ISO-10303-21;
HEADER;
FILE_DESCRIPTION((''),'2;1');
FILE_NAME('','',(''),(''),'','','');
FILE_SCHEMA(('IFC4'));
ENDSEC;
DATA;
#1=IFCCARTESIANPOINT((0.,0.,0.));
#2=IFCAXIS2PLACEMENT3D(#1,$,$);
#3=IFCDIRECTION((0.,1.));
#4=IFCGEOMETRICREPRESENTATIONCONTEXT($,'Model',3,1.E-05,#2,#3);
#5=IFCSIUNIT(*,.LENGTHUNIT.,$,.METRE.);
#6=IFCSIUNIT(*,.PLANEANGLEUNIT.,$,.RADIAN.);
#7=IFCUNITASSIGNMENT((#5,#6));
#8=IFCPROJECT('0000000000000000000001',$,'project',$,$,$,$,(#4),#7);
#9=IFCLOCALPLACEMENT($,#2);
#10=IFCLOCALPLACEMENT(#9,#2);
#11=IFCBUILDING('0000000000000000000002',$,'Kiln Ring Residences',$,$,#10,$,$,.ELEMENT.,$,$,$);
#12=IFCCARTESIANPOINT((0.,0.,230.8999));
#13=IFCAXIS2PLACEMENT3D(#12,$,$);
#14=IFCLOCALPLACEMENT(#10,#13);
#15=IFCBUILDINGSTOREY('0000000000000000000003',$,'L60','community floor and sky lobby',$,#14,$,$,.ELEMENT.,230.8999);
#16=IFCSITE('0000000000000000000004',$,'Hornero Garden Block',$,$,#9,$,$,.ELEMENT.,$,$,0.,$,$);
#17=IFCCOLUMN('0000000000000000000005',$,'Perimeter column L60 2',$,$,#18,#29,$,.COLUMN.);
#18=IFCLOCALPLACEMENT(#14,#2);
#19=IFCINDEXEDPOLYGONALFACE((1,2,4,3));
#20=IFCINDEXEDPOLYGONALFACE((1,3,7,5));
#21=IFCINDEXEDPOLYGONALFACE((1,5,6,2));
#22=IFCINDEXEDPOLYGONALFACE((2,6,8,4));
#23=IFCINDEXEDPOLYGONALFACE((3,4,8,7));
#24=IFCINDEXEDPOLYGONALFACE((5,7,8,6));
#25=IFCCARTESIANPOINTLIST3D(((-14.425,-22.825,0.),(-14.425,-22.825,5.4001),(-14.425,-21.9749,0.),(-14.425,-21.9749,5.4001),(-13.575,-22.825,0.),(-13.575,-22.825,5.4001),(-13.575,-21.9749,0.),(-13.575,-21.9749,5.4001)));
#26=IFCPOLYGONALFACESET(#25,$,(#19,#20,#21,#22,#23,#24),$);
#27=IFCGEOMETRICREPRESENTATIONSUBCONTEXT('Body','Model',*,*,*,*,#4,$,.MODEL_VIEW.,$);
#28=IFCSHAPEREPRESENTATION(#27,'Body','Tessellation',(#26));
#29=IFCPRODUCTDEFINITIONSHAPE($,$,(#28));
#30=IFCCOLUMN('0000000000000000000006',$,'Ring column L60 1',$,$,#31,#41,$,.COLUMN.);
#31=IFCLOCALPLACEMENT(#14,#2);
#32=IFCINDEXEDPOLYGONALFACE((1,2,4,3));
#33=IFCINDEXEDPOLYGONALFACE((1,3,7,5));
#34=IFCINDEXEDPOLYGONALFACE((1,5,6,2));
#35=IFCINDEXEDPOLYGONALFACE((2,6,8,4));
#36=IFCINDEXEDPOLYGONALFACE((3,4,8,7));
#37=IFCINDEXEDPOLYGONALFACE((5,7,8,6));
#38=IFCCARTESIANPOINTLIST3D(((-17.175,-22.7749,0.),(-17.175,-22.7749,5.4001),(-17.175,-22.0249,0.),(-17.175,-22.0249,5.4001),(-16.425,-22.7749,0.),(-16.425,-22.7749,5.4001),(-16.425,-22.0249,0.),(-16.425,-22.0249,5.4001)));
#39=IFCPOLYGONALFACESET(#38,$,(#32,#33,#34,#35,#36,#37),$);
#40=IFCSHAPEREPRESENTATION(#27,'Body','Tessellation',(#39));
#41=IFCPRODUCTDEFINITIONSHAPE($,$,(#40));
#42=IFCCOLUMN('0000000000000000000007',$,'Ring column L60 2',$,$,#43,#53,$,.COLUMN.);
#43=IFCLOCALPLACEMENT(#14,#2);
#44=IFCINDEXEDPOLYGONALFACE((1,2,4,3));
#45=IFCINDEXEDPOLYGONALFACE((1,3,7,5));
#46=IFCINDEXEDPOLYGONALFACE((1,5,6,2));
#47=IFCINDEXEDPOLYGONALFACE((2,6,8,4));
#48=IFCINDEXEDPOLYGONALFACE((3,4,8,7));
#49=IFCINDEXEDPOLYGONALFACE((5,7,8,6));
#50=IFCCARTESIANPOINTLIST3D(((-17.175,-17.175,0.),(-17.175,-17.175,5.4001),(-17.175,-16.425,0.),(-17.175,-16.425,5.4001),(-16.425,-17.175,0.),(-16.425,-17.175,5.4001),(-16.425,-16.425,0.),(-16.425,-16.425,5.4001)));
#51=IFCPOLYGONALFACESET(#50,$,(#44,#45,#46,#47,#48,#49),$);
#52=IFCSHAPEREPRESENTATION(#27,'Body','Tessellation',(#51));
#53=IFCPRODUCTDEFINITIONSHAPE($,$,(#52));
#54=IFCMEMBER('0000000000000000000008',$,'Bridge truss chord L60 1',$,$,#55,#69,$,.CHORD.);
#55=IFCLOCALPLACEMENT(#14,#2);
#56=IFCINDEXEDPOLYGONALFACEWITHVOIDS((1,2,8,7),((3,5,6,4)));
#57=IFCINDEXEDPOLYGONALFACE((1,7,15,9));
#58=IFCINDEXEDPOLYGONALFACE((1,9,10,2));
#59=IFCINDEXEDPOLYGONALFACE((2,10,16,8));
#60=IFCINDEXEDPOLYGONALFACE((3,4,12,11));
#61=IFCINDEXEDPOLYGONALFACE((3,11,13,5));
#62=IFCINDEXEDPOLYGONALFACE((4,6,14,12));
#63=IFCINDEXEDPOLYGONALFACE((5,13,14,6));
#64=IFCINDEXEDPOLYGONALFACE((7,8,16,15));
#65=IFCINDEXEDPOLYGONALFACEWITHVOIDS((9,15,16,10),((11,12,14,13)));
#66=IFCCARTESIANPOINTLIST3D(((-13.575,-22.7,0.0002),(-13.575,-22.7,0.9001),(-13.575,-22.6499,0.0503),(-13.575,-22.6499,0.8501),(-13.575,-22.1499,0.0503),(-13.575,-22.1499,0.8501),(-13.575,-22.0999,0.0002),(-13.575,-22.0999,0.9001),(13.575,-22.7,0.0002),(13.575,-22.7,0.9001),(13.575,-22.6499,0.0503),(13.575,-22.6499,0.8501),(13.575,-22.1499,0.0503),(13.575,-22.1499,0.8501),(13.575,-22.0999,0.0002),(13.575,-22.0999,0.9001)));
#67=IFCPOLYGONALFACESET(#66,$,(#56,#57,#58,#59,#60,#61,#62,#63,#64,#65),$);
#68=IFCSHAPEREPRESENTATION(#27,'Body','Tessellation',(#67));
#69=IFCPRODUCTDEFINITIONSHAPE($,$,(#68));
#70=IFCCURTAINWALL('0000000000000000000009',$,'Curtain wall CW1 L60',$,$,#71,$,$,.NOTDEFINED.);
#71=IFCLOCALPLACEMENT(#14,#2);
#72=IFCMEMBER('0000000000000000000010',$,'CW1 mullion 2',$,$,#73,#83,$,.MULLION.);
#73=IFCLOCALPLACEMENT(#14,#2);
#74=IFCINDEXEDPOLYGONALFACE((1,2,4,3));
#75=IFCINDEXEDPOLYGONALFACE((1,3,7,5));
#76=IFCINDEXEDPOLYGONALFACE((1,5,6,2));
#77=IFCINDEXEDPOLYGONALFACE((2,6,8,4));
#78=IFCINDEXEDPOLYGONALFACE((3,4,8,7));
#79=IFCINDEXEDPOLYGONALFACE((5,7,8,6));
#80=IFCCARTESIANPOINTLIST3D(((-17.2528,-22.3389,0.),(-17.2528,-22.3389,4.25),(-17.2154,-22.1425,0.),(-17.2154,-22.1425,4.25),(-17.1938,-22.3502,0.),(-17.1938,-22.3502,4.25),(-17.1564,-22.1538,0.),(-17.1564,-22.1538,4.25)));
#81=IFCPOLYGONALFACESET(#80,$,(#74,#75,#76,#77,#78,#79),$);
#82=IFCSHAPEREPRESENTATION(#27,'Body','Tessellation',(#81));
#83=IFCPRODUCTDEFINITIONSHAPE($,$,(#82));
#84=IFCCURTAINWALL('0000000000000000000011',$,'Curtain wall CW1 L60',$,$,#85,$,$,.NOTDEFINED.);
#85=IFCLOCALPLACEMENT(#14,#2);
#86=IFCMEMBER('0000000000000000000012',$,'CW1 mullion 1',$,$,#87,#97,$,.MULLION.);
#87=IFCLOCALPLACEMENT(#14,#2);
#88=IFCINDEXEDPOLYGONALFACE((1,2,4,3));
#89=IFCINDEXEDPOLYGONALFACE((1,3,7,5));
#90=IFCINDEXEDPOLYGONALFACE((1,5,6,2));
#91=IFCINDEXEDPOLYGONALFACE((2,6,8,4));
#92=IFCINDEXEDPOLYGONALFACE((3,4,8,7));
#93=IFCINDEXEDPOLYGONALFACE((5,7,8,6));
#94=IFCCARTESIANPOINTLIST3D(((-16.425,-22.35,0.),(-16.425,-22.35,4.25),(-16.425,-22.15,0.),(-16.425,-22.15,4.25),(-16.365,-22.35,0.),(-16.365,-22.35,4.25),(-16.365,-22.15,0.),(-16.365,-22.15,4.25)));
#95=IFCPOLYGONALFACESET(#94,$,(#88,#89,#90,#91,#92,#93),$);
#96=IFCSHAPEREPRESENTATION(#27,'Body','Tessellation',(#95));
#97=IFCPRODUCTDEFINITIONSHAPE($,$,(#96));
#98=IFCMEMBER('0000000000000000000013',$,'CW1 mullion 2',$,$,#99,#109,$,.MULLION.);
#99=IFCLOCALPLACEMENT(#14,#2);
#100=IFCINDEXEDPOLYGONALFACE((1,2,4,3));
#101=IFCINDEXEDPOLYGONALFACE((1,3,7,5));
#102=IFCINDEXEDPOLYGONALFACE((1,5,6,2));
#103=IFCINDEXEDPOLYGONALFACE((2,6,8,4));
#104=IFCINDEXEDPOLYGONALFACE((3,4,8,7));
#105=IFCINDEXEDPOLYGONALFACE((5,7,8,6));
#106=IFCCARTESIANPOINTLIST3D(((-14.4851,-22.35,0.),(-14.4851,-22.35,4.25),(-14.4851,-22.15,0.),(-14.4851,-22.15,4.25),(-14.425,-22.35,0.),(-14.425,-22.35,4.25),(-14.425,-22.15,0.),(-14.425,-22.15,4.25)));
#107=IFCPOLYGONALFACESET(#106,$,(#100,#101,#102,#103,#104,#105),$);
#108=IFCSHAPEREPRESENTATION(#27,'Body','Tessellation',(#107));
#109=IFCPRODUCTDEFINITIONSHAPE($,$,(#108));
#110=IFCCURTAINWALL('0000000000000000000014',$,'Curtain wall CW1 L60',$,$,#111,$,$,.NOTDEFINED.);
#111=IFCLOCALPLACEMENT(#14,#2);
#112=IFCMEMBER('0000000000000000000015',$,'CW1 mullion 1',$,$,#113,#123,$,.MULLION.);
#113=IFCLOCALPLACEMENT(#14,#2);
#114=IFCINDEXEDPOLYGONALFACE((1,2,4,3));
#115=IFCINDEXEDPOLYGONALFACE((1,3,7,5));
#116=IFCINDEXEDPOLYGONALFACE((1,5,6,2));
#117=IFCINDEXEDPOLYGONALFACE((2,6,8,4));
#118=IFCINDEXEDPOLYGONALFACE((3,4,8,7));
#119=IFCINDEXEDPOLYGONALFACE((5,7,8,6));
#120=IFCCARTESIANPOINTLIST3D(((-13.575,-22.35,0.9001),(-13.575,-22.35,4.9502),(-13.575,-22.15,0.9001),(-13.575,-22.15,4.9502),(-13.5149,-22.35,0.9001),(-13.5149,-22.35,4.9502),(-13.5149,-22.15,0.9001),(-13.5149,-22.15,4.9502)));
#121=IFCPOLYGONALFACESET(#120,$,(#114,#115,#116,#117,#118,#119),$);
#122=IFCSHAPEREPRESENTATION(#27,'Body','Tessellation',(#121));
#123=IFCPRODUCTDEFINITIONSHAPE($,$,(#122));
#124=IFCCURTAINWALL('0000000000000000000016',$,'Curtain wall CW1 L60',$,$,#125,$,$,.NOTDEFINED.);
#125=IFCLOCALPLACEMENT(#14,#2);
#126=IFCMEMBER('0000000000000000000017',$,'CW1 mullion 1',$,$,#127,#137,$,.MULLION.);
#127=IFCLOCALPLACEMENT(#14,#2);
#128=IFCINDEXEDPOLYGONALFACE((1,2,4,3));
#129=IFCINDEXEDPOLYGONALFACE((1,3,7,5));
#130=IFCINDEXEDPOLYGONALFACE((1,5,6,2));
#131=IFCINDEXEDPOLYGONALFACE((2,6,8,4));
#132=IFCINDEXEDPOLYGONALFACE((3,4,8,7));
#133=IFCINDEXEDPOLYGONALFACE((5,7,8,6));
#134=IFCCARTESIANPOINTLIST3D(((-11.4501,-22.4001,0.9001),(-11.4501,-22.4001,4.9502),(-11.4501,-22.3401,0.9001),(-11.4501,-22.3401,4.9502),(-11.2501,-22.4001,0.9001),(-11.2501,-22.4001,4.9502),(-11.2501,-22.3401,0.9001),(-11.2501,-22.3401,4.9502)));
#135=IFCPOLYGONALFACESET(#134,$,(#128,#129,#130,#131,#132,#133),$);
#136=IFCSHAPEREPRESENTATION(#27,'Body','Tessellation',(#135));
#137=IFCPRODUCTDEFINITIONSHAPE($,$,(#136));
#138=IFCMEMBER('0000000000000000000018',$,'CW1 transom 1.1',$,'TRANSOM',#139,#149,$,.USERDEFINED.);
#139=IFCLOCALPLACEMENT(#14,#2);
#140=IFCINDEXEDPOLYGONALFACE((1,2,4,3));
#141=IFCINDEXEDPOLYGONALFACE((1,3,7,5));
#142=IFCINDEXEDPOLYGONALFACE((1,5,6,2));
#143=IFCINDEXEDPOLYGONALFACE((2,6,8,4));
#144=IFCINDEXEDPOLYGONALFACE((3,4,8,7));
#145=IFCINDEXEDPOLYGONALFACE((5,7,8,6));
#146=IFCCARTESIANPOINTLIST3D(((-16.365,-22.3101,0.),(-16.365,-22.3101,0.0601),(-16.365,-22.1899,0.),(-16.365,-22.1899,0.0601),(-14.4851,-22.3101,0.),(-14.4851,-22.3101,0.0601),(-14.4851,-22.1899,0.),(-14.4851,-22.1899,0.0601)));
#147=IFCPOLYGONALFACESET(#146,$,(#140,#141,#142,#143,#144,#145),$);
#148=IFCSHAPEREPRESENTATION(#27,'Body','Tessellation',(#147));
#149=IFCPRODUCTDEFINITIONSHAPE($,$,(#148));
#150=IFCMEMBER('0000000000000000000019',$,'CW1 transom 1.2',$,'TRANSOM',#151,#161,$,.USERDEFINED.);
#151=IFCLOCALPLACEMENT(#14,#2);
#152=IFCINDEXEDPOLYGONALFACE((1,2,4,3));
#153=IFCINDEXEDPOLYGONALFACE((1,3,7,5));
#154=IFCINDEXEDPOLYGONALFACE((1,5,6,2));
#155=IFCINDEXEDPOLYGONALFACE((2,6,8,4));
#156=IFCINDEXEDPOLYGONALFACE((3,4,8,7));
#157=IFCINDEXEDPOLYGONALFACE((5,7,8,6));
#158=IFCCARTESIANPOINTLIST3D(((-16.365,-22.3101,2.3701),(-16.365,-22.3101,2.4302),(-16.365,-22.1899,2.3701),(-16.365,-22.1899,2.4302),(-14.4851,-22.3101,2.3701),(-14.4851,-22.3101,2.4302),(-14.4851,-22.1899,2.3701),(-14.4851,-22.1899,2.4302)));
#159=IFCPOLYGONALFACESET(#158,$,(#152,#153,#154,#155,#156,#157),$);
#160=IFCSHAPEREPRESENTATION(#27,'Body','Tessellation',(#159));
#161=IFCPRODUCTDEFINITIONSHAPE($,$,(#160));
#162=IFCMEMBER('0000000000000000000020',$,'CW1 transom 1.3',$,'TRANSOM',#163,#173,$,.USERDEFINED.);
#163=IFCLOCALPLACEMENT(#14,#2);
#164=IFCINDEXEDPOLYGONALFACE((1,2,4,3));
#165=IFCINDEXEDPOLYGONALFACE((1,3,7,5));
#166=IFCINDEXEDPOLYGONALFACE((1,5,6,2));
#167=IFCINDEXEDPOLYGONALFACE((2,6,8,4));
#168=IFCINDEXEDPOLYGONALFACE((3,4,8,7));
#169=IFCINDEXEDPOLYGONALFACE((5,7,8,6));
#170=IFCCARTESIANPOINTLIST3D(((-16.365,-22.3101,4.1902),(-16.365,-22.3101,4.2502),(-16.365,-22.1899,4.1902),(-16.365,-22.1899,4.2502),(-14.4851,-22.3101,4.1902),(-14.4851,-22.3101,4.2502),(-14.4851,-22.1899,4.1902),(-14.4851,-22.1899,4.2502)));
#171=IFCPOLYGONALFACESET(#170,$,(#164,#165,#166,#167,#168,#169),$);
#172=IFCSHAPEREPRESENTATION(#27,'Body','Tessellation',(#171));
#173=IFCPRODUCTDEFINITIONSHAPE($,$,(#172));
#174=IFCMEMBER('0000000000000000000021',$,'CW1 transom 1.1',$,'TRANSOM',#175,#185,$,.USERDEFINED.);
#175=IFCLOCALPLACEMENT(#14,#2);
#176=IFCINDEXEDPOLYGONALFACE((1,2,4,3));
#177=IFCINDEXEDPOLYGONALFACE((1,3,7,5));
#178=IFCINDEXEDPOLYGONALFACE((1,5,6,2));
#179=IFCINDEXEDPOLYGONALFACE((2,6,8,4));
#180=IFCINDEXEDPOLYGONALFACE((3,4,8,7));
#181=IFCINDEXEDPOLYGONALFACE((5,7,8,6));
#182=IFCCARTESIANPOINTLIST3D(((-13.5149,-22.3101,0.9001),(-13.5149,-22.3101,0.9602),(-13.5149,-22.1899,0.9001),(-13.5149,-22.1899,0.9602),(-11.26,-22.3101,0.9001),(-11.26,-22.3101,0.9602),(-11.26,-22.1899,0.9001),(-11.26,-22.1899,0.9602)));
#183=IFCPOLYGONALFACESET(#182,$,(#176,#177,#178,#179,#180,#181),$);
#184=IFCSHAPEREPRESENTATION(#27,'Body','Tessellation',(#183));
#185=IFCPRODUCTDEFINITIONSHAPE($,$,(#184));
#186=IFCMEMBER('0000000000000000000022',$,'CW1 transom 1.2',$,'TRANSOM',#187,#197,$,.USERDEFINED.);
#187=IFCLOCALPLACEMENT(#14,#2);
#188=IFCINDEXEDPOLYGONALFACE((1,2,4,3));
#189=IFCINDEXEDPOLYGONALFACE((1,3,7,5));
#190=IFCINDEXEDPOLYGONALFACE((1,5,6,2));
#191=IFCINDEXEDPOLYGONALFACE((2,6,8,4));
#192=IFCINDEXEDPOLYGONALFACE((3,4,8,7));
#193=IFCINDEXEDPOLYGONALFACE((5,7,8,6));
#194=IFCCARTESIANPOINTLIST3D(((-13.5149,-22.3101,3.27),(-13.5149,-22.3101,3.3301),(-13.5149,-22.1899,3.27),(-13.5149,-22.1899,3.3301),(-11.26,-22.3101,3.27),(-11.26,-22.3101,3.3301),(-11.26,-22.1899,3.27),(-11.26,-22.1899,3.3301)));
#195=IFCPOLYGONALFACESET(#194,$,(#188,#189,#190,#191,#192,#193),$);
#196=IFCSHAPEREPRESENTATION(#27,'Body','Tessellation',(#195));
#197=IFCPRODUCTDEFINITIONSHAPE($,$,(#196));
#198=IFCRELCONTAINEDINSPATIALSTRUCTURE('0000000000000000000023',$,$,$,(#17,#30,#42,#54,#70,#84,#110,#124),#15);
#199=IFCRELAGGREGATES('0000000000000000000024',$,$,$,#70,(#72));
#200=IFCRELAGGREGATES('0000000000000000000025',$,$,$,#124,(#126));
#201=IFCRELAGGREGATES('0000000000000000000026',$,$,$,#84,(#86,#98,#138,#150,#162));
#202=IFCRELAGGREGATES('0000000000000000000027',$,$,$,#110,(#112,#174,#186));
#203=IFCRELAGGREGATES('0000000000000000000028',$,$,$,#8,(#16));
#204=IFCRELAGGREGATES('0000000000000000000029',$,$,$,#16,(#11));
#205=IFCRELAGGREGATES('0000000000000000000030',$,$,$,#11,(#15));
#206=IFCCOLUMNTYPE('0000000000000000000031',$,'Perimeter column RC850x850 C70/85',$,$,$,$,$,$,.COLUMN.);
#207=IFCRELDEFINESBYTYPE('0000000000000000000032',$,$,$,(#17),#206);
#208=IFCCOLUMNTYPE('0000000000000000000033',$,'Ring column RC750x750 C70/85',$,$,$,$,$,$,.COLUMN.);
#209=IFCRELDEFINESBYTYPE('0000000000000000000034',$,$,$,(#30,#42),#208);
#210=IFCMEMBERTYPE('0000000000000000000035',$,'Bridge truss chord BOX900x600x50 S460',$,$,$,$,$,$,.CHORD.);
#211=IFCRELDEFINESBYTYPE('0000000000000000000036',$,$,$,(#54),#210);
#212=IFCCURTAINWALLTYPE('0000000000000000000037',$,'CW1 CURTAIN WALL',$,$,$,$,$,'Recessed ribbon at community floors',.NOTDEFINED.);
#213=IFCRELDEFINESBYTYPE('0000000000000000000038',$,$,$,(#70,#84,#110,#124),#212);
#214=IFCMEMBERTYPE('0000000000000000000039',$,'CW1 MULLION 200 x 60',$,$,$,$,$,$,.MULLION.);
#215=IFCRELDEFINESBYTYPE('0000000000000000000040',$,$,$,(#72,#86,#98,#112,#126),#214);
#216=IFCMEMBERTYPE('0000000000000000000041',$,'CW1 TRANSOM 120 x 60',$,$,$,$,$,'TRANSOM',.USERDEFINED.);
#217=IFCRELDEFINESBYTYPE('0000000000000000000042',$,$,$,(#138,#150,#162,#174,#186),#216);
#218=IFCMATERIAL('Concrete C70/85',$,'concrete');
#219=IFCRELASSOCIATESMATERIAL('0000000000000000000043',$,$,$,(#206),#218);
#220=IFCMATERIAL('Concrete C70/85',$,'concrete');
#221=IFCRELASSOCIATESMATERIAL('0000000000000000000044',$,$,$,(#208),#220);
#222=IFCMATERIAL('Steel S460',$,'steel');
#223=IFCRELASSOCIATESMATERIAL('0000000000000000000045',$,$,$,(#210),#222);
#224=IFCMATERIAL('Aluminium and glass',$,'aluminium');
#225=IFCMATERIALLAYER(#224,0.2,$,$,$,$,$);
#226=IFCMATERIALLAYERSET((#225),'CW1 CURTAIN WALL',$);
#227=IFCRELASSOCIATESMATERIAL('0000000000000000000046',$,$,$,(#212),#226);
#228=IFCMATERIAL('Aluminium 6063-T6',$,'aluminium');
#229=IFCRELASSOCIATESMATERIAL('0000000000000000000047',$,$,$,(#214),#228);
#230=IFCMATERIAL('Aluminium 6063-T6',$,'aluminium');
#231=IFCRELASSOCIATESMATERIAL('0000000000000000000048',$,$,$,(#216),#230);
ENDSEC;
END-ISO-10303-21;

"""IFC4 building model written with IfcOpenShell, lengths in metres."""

from ifc_helpers import new_model, si_unit, direction, frame, origin, origin_2d, place, context, subcontext, project, spatial, rectangle, hollow_rectangle, extrude, material, layer, layer_set, material_profile, profile_set, type_object, element, aggregate, save


model = new_model("IFC4")

# Units and contexts
model_context = context("Model", 3, precision=1e-05, world=origin(), true_north=direction((0.0, 1.0)))
body_context = subcontext(model_context, "Body", "Model", "MODEL_VIEW")
ifc_project = project(units=[si_unit("LENGTHUNIT", "METRE"), si_unit("PLANEANGLEUNIT", "RADIAN")], contexts=[model_context])

# Site, building, storey
site_placement = place(None, origin())
site = spatial("IfcSite", under=ifc_project, at=site_placement, Name="Hornero Garden Block", CompositionType="ELEMENT", RefElevation=0.0)
building_placement = place(site_placement, origin())
building = spatial("IfcBuilding", under=site, at=building_placement, Name="Kiln Ring Residences", CompositionType="ELEMENT")
storey_placement = place(building_placement, frame((0.0, 0.0, 230.8999)))
storey = spatial("IfcBuildingStorey", under=building, at=storey_placement, Name="L60", Description="community floor and sky lobby", CompositionType="ELEMENT", Elevation=230.8999)

# Columns
ifc_material_1 = material(Name="Concrete C70/85", Category="concrete")
ifc_material_profile_1 = material_profile(ifc_material_1, rectangle(XDim=0.8501, YDim=0.8501, at=origin_2d()), Name="RC850x850")
ifc_profile_set_1 = profile_set([ifc_material_profile_1], Name="Concrete C70/85")
column_type_1 = type_object("IfcColumnType", Name="Perimeter column RC850x850 C70/85", PredefinedType="COLUMN", material=ifc_profile_set_1)
column_placement = place(storey_placement, frame((-14.0, -22.3999, 0.0), z_axis=(0.0, 0.0, 1.0), x_axis=(1.0, 0.0, 0.0)))
element("IfcColumn", 1, at=column_placement, inside=storey, type_object=column_type_1, Name="Perimeter column L60 2", PredefinedType="COLUMN", context=body_context, shape_type="SweptSolid", body=[
    extrude(rectangle(XDim=0.8501, YDim=0.8501, at=origin_2d()), origin(), (0.0, 0.0, 1.0), 5.4001),
])
ifc_material_2 = material(Name="Concrete C70/85", Category="concrete")
ifc_material_profile_2 = material_profile(ifc_material_2, rectangle(XDim=0.75, YDim=0.75, at=origin_2d()), Name="RC750x750")
ifc_profile_set_2 = profile_set([ifc_material_profile_2], Name="Concrete C70/85")
column_type_2 = type_object("IfcColumnType", Name="Ring column RC750x750 C70/85", PredefinedType="COLUMN", material=ifc_profile_set_2)
for number, where, z_axis, x_axis, name in (
    (2, (-16.8, -22.3999, 0.0), (0.0, 0.0, 1.0), (1.0, 0.0, 0.0), "Ring column L60 1"),
    (3, (-16.8, -16.8, 0.0), (0.0, 0.0, 1.0), (1.0, 0.0, 0.0), "Ring column L60 2"),
):
    element("IfcColumn", number, at=place(storey_placement, frame(where, z_axis=z_axis, x_axis=x_axis)), inside=storey, type_object=column_type_2, Name=name, PredefinedType="COLUMN", context=body_context, shape_type="SweptSolid", body=[
        extrude(rectangle(XDim=0.75, YDim=0.75, at=origin_2d()), origin(), (0.0, 0.0, 1.0), 5.4001),
    ])

# Member
ifc_material_3 = material(Name="Steel S460", Category="steel")
ifc_material_profile_3 = material_profile(ifc_material_3, hollow_rectangle(XDim=0.6001, YDim=0.8999, WallThickness=0.05, at=origin_2d()), Name="BOX900x600x50")
ifc_profile_set_3 = profile_set([ifc_material_profile_3], Name="Steel S460")
member_type_1 = type_object("IfcMemberType", Name="Bridge truss chord BOX900x600x50 S460", PredefinedType="CHORD", material=ifc_profile_set_3)
member_1_placement = place(storey_placement, frame((-13.575, -22.3999, 0.4502), z_axis=(1.0, 0.0, 0.0), x_axis=(0.0, 1.0, 0.0)))
element("IfcMember", 4, at=member_1_placement, inside=storey, type_object=member_type_1, Name="Bridge truss chord L60 1", PredefinedType="CHORD", context=body_context, shape_type="SweptSolid", body=[
    extrude(hollow_rectangle(XDim=0.6001, YDim=0.8999, WallThickness=0.05, at=origin_2d()), origin(), (0.0, 0.0, 1.0), 27.1499),
])

# Curtain wall, member
ifc_material_4 = material(Name="Aluminium and glass", Category="aluminium")
ifc_layer_1 = layer(ifc_material_4, 0.2)
ifc_layer_set_1 = layer_set([ifc_layer_1], Name="CW1 CURTAIN WALL")
curtain_wall_type = type_object("IfcCurtainWallType", Name="CW1 CURTAIN WALL", ElementType="Recessed ribbon at community floors", PredefinedType="NOTDEFINED", material=ifc_layer_set_1)
placement = place(storey_placement, origin())
curtain_wall_1 = element("IfcCurtainWall", 5, at=placement, inside=storey, type_object=curtain_wall_type, Name="Curtain wall CW1 L60", PredefinedType="NOTDEFINED")
ifc_material_5 = material(Name="Aluminium 6063-T6", Category="aluminium")
ifc_material_profile_4 = material_profile(ifc_material_5, rectangle(XDim=0.2, YDim=0.0601, at=origin_2d()), Name="AL 200x60")
ifc_profile_set_4 = profile_set([ifc_material_profile_4], Name="Aluminium 6063-T6")
member_type_2 = type_object("IfcMemberType", Name="CW1 MULLION 200 x 60", PredefinedType="MULLION", material=ifc_profile_set_4)
member_2_placement = place(storey_placement, frame((-17.2046, -22.2463, 0.0), z_axis=(0.0, 0.0, 1.0), x_axis=(0.187366, 0.98229, 0.0)))
member_2 = element("IfcMember", 6, at=member_2_placement, type_object=member_type_2, Name="CW1 mullion 2", PredefinedType="MULLION", context=body_context, shape_type="SweptSolid", body=[
    extrude(rectangle(XDim=0.2, YDim=0.0601, at=origin_2d()), origin(), (0.0, 0.0, 1.0), 4.25),
])
aggregate(curtain_wall_1, [member_2])

# Curtain wall, members
curtain_wall_2 = element("IfcCurtainWall", 7, at=placement, inside=storey, type_object=curtain_wall_type, Name="Curtain wall CW1 L60", PredefinedType="NOTDEFINED")
member_3_placement = place(storey_placement, frame((-16.395, -22.25, 0.0), z_axis=(0.0, 0.0, 1.0), x_axis=(0.0, 1.0, 0.0)))
member_3 = element("IfcMember", 8, at=member_3_placement, type_object=member_type_2, Name="CW1 mullion 1", PredefinedType="MULLION", context=body_context, shape_type="SweptSolid", body=[
    extrude(rectangle(XDim=0.2, YDim=0.0601, at=origin_2d()), origin(), (0.0, 0.0, 1.0), 4.25),
])
member_4_placement = place(storey_placement, frame((-14.4551, -22.25, 0.0), z_axis=(0.0, 0.0, 1.0), x_axis=(0.0, 1.0, 0.0)))
member_4 = element("IfcMember", 9, at=member_4_placement, type_object=member_type_2, Name="CW1 mullion 2", PredefinedType="MULLION", context=body_context, shape_type="SweptSolid", body=[
    extrude(rectangle(XDim=0.2, YDim=0.0601, at=origin_2d()), origin(), (0.0, 0.0, 1.0), 4.25),
])

# Curtain walls, members
curtain_wall_3 = element("IfcCurtainWall", 10, at=placement, inside=storey, type_object=curtain_wall_type, Name="Curtain wall CW1 L60", PredefinedType="NOTDEFINED")
member_5_placement = place(storey_placement, frame((-13.5449, -22.25, 0.9001), z_axis=(0.0, 0.0, 1.0), x_axis=(0.0, 1.0, 0.0)))
member_5 = element("IfcMember", 11, at=member_5_placement, type_object=member_type_2, Name="CW1 mullion 1", PredefinedType="MULLION", context=body_context, shape_type="SweptSolid", body=[
    extrude(rectangle(XDim=0.2, YDim=0.0601, at=origin_2d()), origin(), (0.0, 0.0, 1.0), 4.05),
])
curtain_wall_4 = element("IfcCurtainWall", 12, at=placement, inside=storey, type_object=curtain_wall_type, Name="Curtain wall CW1 L60", PredefinedType="NOTDEFINED")
member_6_placement = place(storey_placement, frame((-11.3501, -22.3701, 0.9001), z_axis=(0.0, 0.0, 1.0), x_axis=(-1.0, 0.0, 0.0)))
member_6 = element("IfcMember", 13, at=member_6_placement, type_object=member_type_2, Name="CW1 mullion 1", PredefinedType="MULLION", context=body_context, shape_type="SweptSolid", body=[
    extrude(rectangle(XDim=0.2, YDim=0.0601, at=origin_2d()), origin(), (0.0, 0.0, 1.0), 4.05),
])

# Members
ifc_material_6 = material(Name="Aluminium 6063-T6", Category="aluminium")
ifc_material_profile_5 = material_profile(ifc_material_6, rectangle(XDim=0.1201, YDim=0.0601, at=origin_2d()), Name="AL 120x60")
ifc_profile_set_5 = profile_set([ifc_material_profile_5], Name="Aluminium 6063-T6")
member_type_3 = type_object("IfcMemberType", Name="CW1 TRANSOM 120 x 60", ElementType="TRANSOM", PredefinedType="USERDEFINED", material=ifc_profile_set_5)
member_7_placement = place(storey_placement, frame((-16.365, -22.25, 0.03), z_axis=(1.0, 0.0, 0.0), x_axis=(0.0, 1.0, 0.0)))
member_7 = element("IfcMember", 14, at=member_7_placement, type_object=member_type_3, Name="CW1 transom 1.1", ObjectType="TRANSOM", PredefinedType="USERDEFINED", context=body_context, shape_type="SweptSolid", body=[
    extrude(rectangle(XDim=0.1201, YDim=0.0601, at=origin_2d()), origin(), (0.0, 0.0, 1.0), 1.8799),
])
member_8_placement = place(storey_placement, frame((-16.365, -22.25, 2.4001), z_axis=(1.0, 0.0, 0.0), x_axis=(0.0, 1.0, 0.0)))
member_8 = element("IfcMember", 15, at=member_8_placement, type_object=member_type_3, Name="CW1 transom 1.2", ObjectType="TRANSOM", PredefinedType="USERDEFINED", context=body_context, shape_type="SweptSolid", body=[
    extrude(rectangle(XDim=0.1201, YDim=0.0601, at=origin_2d()), origin(), (0.0, 0.0, 1.0), 1.8799),
])
member_9_placement = place(storey_placement, frame((-16.365, -22.25, 4.2202), z_axis=(1.0, 0.0, 0.0), x_axis=(0.0, 1.0, 0.0)))
member_9 = element("IfcMember", 16, at=member_9_placement, type_object=member_type_3, Name="CW1 transom 1.3", ObjectType="TRANSOM", PredefinedType="USERDEFINED", context=body_context, shape_type="SweptSolid", body=[
    extrude(rectangle(XDim=0.1201, YDim=0.0601, at=origin_2d()), origin(), (0.0, 0.0, 1.0), 1.8799),
])
member_10_placement = place(storey_placement, frame((-13.5149, -22.25, 0.9302), z_axis=(1.0, 0.0, 0.0), x_axis=(0.0, 1.0, 0.0)))
member_10 = element("IfcMember", 17, at=member_10_placement, type_object=member_type_3, Name="CW1 transom 1.1", ObjectType="TRANSOM", PredefinedType="USERDEFINED", context=body_context, shape_type="SweptSolid", body=[
    extrude(rectangle(XDim=0.1201, YDim=0.0601, at=origin_2d()), origin(), (0.0, 0.0, 1.0), 2.2549),
])
member_11_placement = place(storey_placement, frame((-13.5149, -22.25, 3.3), z_axis=(1.0, 0.0, 0.0), x_axis=(0.0, 1.0, 0.0)))
member_11 = element("IfcMember", 18, at=member_11_placement, type_object=member_type_3, Name="CW1 transom 1.2", ObjectType="TRANSOM", PredefinedType="USERDEFINED", context=body_context, shape_type="SweptSolid", body=[
    extrude(rectangle(XDim=0.1201, YDim=0.0601, at=origin_2d()), origin(), (0.0, 0.0, 1.0), 2.2549),
])
aggregate(curtain_wall_4, [member_6])

aggregate(curtain_wall_2, [member_3, member_4, member_7, member_8, member_9])
aggregate(curtain_wall_3, [member_5, member_10, member_11])

save(model, "model.ifc")
